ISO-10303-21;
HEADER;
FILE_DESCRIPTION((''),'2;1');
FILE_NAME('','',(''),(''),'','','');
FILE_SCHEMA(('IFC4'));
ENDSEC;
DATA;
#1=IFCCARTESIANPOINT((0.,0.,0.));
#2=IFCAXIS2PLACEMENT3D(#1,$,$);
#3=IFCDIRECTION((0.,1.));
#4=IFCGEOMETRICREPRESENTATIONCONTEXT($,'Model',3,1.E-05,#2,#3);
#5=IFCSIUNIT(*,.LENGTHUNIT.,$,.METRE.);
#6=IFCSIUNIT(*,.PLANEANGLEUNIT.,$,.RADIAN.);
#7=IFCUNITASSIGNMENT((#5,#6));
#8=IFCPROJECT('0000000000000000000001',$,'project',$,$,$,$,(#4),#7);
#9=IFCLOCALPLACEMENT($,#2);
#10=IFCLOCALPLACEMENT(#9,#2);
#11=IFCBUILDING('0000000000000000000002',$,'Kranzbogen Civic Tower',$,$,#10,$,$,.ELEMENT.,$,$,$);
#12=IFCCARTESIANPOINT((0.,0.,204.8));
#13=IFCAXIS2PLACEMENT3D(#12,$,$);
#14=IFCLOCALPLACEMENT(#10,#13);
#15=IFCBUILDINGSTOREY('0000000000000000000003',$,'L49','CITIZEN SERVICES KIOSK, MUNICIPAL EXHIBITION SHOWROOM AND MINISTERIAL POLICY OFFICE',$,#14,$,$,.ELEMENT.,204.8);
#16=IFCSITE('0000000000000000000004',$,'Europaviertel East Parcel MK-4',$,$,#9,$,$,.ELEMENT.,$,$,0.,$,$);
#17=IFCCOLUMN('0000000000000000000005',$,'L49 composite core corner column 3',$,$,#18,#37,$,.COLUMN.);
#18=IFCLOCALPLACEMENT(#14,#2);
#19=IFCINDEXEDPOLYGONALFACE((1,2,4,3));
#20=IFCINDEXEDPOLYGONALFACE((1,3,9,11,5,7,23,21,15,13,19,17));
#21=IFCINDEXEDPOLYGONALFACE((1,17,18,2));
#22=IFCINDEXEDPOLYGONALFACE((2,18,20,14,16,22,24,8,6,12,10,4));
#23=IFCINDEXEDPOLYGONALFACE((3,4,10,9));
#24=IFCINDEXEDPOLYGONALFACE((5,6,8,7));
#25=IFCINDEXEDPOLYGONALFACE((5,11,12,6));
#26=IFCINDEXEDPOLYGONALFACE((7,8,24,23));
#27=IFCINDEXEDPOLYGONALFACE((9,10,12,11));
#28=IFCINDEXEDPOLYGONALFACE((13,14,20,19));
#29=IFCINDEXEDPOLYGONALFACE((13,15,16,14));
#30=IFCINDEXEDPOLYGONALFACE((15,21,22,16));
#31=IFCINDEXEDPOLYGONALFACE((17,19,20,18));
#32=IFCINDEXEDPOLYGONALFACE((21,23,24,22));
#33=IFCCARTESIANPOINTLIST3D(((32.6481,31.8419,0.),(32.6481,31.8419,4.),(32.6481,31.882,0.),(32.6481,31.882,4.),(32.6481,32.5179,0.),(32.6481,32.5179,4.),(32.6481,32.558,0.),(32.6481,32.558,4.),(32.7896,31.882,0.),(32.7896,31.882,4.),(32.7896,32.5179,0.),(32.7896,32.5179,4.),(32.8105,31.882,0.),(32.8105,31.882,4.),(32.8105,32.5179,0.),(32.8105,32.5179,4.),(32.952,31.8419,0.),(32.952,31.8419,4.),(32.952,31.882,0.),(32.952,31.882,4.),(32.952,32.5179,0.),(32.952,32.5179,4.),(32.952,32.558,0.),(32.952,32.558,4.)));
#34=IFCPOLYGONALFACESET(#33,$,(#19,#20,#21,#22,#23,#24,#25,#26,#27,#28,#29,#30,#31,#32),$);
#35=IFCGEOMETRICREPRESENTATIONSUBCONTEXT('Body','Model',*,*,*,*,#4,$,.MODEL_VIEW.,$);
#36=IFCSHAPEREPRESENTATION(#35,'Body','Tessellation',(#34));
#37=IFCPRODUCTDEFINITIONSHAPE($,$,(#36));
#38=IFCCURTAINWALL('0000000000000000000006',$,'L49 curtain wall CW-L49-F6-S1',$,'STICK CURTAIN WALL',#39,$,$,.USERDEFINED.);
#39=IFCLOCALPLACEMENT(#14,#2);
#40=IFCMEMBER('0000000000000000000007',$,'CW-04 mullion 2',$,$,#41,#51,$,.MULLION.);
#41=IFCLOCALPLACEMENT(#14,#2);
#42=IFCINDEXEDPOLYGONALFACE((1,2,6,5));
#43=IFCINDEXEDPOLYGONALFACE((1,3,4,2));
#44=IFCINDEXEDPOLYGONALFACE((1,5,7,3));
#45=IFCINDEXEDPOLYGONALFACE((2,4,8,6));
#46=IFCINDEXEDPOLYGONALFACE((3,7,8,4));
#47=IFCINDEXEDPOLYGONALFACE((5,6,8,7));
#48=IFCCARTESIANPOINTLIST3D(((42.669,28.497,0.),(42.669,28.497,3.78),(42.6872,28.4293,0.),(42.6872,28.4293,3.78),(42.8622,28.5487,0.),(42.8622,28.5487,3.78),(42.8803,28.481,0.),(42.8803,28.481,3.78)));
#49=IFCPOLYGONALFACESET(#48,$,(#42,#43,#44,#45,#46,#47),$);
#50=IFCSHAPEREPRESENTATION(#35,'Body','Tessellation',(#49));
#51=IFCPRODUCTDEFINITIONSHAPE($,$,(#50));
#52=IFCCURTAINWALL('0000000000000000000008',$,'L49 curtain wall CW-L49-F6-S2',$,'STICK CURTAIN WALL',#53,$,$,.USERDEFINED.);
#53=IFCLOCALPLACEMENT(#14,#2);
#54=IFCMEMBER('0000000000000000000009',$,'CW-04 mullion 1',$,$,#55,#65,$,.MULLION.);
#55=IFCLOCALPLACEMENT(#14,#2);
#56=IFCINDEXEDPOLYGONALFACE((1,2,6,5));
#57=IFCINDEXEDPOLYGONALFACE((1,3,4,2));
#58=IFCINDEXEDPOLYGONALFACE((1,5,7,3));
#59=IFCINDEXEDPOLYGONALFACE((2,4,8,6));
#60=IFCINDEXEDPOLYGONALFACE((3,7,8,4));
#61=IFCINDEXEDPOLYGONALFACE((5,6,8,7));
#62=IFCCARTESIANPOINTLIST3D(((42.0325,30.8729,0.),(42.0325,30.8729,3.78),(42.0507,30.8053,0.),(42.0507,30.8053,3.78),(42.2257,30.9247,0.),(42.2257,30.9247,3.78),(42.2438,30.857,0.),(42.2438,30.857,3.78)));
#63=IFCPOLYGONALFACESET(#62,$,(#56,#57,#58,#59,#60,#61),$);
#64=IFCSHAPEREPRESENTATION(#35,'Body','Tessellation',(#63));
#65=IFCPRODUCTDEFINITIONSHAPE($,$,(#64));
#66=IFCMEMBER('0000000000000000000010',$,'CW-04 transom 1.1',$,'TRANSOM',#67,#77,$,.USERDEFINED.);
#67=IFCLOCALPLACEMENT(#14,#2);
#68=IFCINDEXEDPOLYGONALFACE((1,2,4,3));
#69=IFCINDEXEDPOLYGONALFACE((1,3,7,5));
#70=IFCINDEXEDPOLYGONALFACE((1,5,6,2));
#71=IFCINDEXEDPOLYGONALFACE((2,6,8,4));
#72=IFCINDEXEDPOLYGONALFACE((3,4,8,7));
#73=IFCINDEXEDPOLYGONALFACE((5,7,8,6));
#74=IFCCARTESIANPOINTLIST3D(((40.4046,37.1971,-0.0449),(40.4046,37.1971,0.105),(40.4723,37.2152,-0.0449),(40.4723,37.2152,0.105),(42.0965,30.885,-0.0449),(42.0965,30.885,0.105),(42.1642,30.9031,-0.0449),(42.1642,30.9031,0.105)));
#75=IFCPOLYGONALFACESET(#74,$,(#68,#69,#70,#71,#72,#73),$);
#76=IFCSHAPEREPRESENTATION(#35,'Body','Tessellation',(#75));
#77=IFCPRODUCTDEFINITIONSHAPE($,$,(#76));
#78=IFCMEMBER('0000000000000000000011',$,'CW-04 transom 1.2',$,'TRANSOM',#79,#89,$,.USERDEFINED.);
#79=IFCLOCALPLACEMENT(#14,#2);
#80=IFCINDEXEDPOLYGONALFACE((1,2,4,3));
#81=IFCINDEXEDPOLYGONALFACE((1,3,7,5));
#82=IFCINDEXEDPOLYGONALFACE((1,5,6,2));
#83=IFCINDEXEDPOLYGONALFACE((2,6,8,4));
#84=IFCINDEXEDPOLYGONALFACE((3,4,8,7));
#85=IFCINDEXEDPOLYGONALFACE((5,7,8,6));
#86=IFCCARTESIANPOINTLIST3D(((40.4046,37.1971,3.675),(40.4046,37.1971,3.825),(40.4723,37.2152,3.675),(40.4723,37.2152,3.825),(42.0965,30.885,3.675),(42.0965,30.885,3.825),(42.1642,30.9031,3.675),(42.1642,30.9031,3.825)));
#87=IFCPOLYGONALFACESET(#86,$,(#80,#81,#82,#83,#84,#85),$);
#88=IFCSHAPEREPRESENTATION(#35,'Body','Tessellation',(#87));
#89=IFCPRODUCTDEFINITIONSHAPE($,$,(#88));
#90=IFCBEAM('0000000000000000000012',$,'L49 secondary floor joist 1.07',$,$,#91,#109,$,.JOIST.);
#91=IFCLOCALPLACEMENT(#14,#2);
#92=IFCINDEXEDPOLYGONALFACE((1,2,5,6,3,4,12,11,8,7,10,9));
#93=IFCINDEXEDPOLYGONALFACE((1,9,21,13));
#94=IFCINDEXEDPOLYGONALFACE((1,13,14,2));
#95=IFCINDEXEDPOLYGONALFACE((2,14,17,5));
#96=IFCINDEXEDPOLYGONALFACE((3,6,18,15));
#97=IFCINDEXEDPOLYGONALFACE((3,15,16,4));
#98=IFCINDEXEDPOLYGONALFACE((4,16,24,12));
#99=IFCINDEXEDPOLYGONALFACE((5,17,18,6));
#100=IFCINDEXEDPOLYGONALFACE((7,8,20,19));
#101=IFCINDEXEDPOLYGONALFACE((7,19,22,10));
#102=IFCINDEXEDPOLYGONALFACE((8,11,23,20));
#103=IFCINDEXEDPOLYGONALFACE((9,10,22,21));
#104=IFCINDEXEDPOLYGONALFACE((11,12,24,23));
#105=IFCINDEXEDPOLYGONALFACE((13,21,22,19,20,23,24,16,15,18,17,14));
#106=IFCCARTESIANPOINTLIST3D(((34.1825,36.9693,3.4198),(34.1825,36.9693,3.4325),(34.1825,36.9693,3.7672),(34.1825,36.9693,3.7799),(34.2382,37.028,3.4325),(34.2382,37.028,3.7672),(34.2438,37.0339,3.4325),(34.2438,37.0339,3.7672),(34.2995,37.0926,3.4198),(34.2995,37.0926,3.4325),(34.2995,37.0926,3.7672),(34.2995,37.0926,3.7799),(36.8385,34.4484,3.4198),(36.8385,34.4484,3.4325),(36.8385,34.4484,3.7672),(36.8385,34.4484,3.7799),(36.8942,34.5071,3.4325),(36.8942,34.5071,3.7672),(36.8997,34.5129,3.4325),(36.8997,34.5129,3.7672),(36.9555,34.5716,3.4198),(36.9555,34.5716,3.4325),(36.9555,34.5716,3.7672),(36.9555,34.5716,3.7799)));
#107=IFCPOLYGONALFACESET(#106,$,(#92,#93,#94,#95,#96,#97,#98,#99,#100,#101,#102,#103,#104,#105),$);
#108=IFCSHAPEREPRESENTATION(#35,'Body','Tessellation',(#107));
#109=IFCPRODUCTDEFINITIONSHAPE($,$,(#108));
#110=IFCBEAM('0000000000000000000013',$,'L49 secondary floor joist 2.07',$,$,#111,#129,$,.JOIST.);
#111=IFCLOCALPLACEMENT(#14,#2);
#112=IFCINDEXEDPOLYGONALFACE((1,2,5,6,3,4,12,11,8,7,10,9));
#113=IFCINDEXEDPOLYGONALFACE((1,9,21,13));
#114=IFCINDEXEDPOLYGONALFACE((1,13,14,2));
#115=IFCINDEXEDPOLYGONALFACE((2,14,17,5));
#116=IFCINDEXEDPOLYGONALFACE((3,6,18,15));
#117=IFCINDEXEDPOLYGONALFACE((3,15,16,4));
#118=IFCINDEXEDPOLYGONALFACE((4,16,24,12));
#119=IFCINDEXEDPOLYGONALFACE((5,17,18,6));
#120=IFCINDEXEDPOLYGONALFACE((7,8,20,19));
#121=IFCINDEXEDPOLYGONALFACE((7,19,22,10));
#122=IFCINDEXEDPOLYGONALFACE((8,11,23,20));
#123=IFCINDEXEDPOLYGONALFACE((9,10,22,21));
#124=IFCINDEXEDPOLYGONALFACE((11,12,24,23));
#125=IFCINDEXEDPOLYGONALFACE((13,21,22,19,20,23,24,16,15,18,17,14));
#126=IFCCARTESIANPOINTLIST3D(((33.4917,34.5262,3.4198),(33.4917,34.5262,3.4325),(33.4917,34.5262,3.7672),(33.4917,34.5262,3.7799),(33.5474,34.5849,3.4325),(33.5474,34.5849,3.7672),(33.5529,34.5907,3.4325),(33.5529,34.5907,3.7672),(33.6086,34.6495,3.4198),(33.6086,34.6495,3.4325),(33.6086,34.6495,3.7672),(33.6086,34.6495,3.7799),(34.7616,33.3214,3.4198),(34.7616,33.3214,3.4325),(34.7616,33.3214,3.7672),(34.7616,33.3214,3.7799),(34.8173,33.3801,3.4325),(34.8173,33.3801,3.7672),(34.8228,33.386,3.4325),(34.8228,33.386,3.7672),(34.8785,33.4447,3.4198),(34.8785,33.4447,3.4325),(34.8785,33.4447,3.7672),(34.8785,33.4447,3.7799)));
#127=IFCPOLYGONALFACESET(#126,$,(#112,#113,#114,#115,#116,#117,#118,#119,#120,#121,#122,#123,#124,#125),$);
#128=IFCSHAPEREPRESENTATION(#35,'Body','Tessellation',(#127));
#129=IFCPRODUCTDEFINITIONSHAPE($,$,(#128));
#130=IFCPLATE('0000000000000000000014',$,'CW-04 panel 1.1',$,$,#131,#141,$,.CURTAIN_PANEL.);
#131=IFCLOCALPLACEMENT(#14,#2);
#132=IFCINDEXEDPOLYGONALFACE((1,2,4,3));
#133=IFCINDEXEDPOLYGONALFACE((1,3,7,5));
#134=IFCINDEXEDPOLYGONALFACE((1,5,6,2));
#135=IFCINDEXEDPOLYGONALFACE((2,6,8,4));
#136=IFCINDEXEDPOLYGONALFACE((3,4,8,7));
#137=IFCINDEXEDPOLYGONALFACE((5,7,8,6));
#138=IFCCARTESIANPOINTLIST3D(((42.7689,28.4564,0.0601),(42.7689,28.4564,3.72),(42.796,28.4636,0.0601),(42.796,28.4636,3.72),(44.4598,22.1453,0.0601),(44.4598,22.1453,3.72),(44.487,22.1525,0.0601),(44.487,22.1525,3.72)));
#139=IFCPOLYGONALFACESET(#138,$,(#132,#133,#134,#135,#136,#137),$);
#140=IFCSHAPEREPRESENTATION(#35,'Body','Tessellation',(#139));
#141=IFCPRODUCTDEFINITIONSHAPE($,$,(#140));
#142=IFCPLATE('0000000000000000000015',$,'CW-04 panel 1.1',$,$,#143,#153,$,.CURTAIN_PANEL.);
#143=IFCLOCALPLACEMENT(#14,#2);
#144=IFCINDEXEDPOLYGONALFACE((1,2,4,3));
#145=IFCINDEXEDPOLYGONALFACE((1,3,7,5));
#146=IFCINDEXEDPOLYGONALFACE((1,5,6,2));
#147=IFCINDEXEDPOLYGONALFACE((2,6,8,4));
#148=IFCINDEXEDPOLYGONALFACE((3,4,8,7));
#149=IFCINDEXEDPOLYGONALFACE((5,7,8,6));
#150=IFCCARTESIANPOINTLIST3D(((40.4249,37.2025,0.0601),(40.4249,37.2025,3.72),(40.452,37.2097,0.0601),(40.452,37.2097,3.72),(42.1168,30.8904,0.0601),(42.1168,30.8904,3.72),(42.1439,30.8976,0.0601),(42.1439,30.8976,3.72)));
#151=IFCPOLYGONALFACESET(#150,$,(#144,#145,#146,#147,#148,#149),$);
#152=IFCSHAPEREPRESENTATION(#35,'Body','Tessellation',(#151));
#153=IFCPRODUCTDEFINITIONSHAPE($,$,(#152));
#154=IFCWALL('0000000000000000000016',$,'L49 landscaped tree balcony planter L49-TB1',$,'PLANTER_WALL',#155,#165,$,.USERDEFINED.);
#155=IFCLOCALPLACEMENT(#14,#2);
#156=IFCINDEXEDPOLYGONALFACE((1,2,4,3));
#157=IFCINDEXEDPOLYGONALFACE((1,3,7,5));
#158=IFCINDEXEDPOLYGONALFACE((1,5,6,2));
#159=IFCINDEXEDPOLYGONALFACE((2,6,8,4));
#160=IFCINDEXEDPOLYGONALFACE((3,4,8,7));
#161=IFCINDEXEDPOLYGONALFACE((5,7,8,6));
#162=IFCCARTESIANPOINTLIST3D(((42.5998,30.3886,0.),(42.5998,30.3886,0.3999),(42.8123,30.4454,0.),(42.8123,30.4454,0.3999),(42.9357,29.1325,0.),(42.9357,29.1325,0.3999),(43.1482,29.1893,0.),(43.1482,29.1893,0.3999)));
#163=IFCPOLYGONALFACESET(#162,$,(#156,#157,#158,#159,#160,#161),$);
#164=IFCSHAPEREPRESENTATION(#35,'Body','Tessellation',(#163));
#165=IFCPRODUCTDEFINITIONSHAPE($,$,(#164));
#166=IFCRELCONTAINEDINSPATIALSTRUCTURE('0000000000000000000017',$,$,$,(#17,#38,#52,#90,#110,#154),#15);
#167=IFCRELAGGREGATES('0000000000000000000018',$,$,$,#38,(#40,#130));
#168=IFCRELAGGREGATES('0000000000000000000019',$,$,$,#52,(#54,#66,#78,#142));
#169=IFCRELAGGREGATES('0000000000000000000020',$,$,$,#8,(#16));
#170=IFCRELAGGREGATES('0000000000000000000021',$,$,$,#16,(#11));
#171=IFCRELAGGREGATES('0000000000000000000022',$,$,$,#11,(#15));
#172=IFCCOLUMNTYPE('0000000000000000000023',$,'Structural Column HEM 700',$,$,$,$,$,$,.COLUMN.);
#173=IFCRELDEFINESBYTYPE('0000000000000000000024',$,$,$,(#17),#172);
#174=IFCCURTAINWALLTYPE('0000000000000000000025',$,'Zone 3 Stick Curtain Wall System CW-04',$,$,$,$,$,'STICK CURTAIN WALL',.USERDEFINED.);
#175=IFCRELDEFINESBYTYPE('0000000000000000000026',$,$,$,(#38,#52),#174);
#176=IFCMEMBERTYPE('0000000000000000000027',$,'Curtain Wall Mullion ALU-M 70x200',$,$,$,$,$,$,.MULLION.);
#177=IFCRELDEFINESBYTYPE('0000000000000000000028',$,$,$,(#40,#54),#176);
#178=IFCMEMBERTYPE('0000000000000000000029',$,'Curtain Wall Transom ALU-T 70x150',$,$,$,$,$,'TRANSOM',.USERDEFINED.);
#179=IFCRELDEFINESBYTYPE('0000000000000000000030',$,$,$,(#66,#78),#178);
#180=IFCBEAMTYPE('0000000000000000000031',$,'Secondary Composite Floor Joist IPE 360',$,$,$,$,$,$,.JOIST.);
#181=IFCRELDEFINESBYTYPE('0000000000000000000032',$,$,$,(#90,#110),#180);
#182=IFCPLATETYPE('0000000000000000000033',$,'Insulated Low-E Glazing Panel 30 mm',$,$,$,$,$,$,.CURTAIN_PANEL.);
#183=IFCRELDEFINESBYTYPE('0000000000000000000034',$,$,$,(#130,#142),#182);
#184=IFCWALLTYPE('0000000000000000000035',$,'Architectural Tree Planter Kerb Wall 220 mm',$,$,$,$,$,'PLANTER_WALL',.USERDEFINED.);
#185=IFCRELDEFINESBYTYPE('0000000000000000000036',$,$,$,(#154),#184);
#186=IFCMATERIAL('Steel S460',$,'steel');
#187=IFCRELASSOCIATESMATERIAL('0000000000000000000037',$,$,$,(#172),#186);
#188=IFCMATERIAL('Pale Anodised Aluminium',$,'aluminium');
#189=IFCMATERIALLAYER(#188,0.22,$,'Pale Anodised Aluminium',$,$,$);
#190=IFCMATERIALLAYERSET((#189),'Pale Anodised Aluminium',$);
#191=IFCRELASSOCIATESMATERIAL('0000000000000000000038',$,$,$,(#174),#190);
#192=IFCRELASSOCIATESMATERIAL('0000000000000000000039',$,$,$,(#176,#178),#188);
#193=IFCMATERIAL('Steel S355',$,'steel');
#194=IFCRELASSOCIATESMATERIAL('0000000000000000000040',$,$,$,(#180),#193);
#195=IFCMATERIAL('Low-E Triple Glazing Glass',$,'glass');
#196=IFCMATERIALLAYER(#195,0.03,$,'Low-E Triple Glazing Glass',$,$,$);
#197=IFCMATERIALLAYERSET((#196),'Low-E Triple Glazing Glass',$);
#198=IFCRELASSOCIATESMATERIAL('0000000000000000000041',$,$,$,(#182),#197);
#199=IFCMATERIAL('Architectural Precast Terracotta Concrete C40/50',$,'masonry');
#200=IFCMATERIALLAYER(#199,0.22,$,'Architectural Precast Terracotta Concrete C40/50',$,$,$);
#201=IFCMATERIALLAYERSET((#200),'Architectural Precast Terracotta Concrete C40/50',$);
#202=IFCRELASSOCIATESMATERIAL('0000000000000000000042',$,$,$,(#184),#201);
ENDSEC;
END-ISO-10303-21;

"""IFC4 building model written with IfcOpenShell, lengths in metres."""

from ifc_helpers import new_model, si_unit, direction, frame, frame_2d, origin, origin_2d, place, context, subcontext, project, spatial, rectangle, i_section, extrude, material, layer, layer_set, material_profile, profile_set, type_object, element, aggregate, save


model = new_model("IFC4")

# Units and contexts
model_context = context("Model", 3, precision=1e-05, world=origin(), true_north=direction((0.0, 1.0)))
body_context = subcontext(model_context, "Body", "Model", "MODEL_VIEW")
ifc_project = project(units=[si_unit("LENGTHUNIT", "METRE"), si_unit("PLANEANGLEUNIT", "RADIAN")], contexts=[model_context])

# Site, building, storey
site_placement = place(None, origin())
site = spatial("IfcSite", under=ifc_project, at=site_placement, Name="Europaviertel East Parcel MK-4", CompositionType="ELEMENT", RefElevation=0.0)
building_placement = place(site_placement, origin())
building = spatial("IfcBuilding", under=site, at=building_placement, Name="Kranzbogen Civic Tower", CompositionType="ELEMENT")
storey_placement = place(building_placement, frame((0.0, 0.0, 204.8)))
storey = spatial("IfcBuildingStorey", under=building, at=storey_placement, Name="L49", Description="CITIZEN SERVICES KIOSK, MUNICIPAL EXHIBITION SHOWROOM AND MINISTERIAL POLICY OFFICE", CompositionType="ELEMENT", Elevation=204.8)

# Column
ifc_material_1 = material(Name="Steel S460", Category="steel")
ifc_material_profile_1 = material_profile(ifc_material_1, i_section(OverallWidth=0.304, OverallDepth=0.7161, WebThickness=0.021, FlangeThickness=0.04, at=origin_2d()), Name="HEM 700")
ifc_profile_set_1 = profile_set([ifc_material_profile_1], Name="Steel S460")
column_type = type_object("IfcColumnType", Name="Structural Column HEM 700", PredefinedType="COLUMN", material=ifc_profile_set_1)
column_placement = place(storey_placement, frame((32.8, 32.2, 0.0), z_axis=(0.0, 0.0, 1.0), x_axis=(1.0, 0.0, 0.0)))
element("IfcColumn", 1, at=column_placement, inside=storey, type_object=column_type, Name="L49 composite core corner column 3", PredefinedType="COLUMN", context=body_context, shape_type="SweptSolid", body=[
    extrude(i_section(OverallWidth=0.304, OverallDepth=0.7161, WebThickness=0.021, FlangeThickness=0.04, at=origin_2d()), origin(), (0.0, 0.0, 1.0), 4.0),
])

# Curtain wall, member
ifc_material_2 = material(Name="Pale Anodised Aluminium", Category="aluminium")
ifc_layer_1 = layer(ifc_material_2, 0.22, Name="Pale Anodised Aluminium")
ifc_layer_set_1 = layer_set([ifc_layer_1], Name="Pale Anodised Aluminium")
curtain_wall_type = type_object("IfcCurtainWallType", Name="Zone 3 Stick Curtain Wall System CW-04", ElementType="STICK CURTAIN WALL", PredefinedType="USERDEFINED", material=ifc_layer_set_1)
curtain_wall_1_placement = place(storey_placement, origin())
curtain_wall_1 = element("IfcCurtainWall", 2, at=curtain_wall_1_placement, inside=storey, type_object=curtain_wall_type, Name="L49 curtain wall CW-L49-F6-S1", ObjectType="STICK CURTAIN WALL", PredefinedType="USERDEFINED")
ifc_material_profile_2 = material_profile(ifc_material_2, rectangle(XDim=0.0701, YDim=0.2, at=origin_2d()), Name="ALU-M 70x200")
ifc_profile_set_2 = profile_set([ifc_material_profile_2], Name="Pale Anodised Aluminium")
member_type_1 = type_object("IfcMemberType", Name="Curtain Wall Mullion ALU-M 70x200", PredefinedType="MULLION", material=ifc_profile_set_2)
member_1_placement = place(storey_placement, frame((42.7747, 28.489, 0.0), z_axis=(0.0, 0.0, 1.0), x_axis=(-0.258804, 0.96593, 0.0)))
member_1 = element("IfcMember", 3, at=member_1_placement, type_object=member_type_1, Name="CW-04 mullion 2", PredefinedType="MULLION", context=body_context, shape_type="SweptSolid", body=[
    extrude(rectangle(XDim=0.0701, YDim=0.2, at=origin_2d()), origin(), (0.0, 0.0, 1.0), 3.78),
])

# Curtain wall, members
curtain_wall_2_placement = place(storey_placement, origin())
curtain_wall_2 = element("IfcCurtainWall", 4, at=curtain_wall_2_placement, inside=storey, type_object=curtain_wall_type, Name="L49 curtain wall CW-L49-F6-S2", ObjectType="STICK CURTAIN WALL", PredefinedType="USERDEFINED")
member_2_placement = place(storey_placement, frame((42.1382, 30.865, 0.0), z_axis=(0.0, 0.0, 1.0), x_axis=(-0.258906, 0.965902, 0.0)))
member_2 = element("IfcMember", 5, at=member_2_placement, type_object=member_type_1, Name="CW-04 mullion 1", PredefinedType="MULLION", context=body_context, shape_type="SweptSolid", body=[
    extrude(rectangle(XDim=0.0701, YDim=0.2, at=origin_2d()), origin(), (0.0, 0.0, 1.0), 3.78),
])
ifc_material_profile_3 = material_profile(ifc_material_2, rectangle(XDim=0.0701, YDim=0.1499, at=origin_2d()), Name="ALU-T 70x150")
ifc_profile_set_3 = profile_set([ifc_material_profile_3], Name="Pale Anodised Aluminium")
member_type_2 = type_object("IfcMemberType", Name="Curtain Wall Transom ALU-T 70x150", ElementType="TRANSOM", PredefinedType="USERDEFINED", material=ifc_profile_set_3)
member_3_placement = place(storey_placement, frame((42.1304, 30.894, 0.03), z_axis=(-0.258904, 0.965903, 0.0), x_axis=(-0.965903, -0.258904, 0.0)))
member_3 = element("IfcMember", 6, at=member_3_placement, type_object=member_type_2, Name="CW-04 transom 1.1", ObjectType="TRANSOM", PredefinedType="USERDEFINED", context=body_context, shape_type="SweptSolid", body=[
    extrude(rectangle(XDim=0.0701, YDim=0.1499, at=origin_2d()), origin(), (0.0, 0.0, 1.0), 6.5349),
])
member_4_placement = place(storey_placement, frame((42.1304, 30.894, 3.75), z_axis=(-0.258904, 0.965903, 0.0), x_axis=(-0.965903, -0.258904, 0.0)))
member_4 = element("IfcMember", 7, at=member_4_placement, type_object=member_type_2, Name="CW-04 transom 1.2", ObjectType="TRANSOM", PredefinedType="USERDEFINED", context=body_context, shape_type="SweptSolid", body=[
    extrude(rectangle(XDim=0.0701, YDim=0.1499, at=origin_2d()), origin(), (0.0, 0.0, 1.0), 6.5349),
])

# Beams
ifc_material_3 = material(Name="Steel S355", Category="steel")
ifc_material_profile_4 = material_profile(ifc_material_3, i_section(OverallWidth=0.1699, OverallDepth=0.3601, WebThickness=0.0081, FlangeThickness=0.0127, at=origin_2d()), Name="IPE 360")
ifc_profile_set_4 = profile_set([ifc_material_profile_4], Name="Steel S355")
beam_type = type_object("IfcBeamType", Name="Secondary Composite Floor Joist IPE 360", PredefinedType="JOIST", material=ifc_profile_set_4)
beam_1_placement = place(storey_placement, frame((36.897, 34.51, 3.5999), z_axis=(-0.725301, 0.688432, 0.0), x_axis=(-0.688432, -0.725301, 0.0)))
element("IfcBeam", 8, at=beam_1_placement, inside=storey, type_object=beam_type, Name="L49 secondary floor joist 1.07", PredefinedType="JOIST", context=body_context, shape_type="SweptSolid", body=[
    extrude(i_section(OverallWidth=0.1699, OverallDepth=0.3601, WebThickness=0.0081, FlangeThickness=0.0127, at=origin_2d()), origin(), (0.0, 0.0, 1.0), 3.6619),
])
beam_2_placement = place(storey_placement, frame((34.8201, 33.3831, 3.5999), z_axis=(-0.72548, 0.688243, 0.0), x_axis=(-0.688243, -0.72548, 0.0)))
element("IfcBeam", 9, at=beam_2_placement, inside=storey, type_object=beam_type, Name="L49 secondary floor joist 2.07", PredefinedType="JOIST", context=body_context, shape_type="SweptSolid", body=[
    extrude(i_section(OverallWidth=0.1699, OverallDepth=0.3601, WebThickness=0.0081, FlangeThickness=0.0127, at=origin_2d()), origin(), (0.0, 0.0, 1.0), 1.7505),
])

# Plates
ifc_material_4 = material(Name="Low-E Triple Glazing Glass", Category="glass")
ifc_layer_2 = layer(ifc_material_4, 0.03, Name="Low-E Triple Glazing Glass")
ifc_layer_set_2 = layer_set([ifc_layer_2], Name="Low-E Triple Glazing Glass")
plate_type = type_object("IfcPlateType", Name="Insulated Low-E Glazing Panel 30 mm", PredefinedType="CURTAIN_PANEL", material=ifc_layer_set_2)
plate_1_placement = place(storey_placement, frame((43.6279, 25.3044, 0.0601), z_axis=(0.0, 0.0, 1.0), x_axis=(-0.258804, 0.96593, 0.0)))
plate_1 = element("IfcPlate", 10, at=plate_1_placement, type_object=plate_type, Name="CW-04 panel 1.1", PredefinedType="CURTAIN_PANEL", context=body_context, shape_type="SweptSolid", body=[
    extrude(rectangle(XDim=6.5337, YDim=0.0281, at=origin_2d()), origin(), (0.0, 0.0, 1.0), 3.6599),
])
aggregate(curtain_wall_1, [member_1, plate_1])
plate_2_placement = place(storey_placement, frame((41.2844, 34.05, 0.0601), z_axis=(0.0, 0.0, 1.0), x_axis=(-0.258906, 0.965902, 0.0)))
plate_2 = element("IfcPlate", 11, at=plate_2_placement, type_object=plate_type, Name="CW-04 panel 1.1", PredefinedType="CURTAIN_PANEL", context=body_context, shape_type="SweptSolid", body=[
    extrude(rectangle(XDim=6.5349, YDim=0.0281, at=origin_2d()), origin(), (0.0, 0.0, 1.0), 3.6599),
])
aggregate(curtain_wall_2, [member_2, member_3, member_4, plate_2])

# Wall
ifc_material_5 = material(Name="Architectural Precast Terracotta Concrete C40/50", Category="masonry")
ifc_layer_3 = layer(ifc_material_5, 0.22, Name="Architectural Precast Terracotta Concrete C40/50")
ifc_layer_set_3 = layer_set([ifc_layer_3], Name="Architectural Precast Terracotta Concrete C40/50")
wall_type_1 = type_object("IfcWallType", Name="Architectural Tree Planter Kerb Wall 220 mm", ElementType="PLANTER_WALL", PredefinedType="USERDEFINED", material=ifc_layer_set_3)
wall_1_placement = place(storey_placement, frame((43.042, 29.1609, 0.0), z_axis=(0.0, 0.0, 1.0), x_axis=(-0.258364, 0.966048, 0.0)))
element("IfcWall", 12, at=wall_1_placement, inside=storey, type_object=wall_type_1, Name="L49 landscaped tree balcony planter L49-TB1", ObjectType="PLANTER_WALL", PredefinedType="USERDEFINED", context=body_context, shape_type="SweptSolid", body=[
    extrude(rectangle(XDim=1.3003, YDim=0.22, at=frame_2d((0.6501, 0.0))), origin(), (0.0, 0.0, 1.0), 0.3999),
])

save(model, "model.ifc")
